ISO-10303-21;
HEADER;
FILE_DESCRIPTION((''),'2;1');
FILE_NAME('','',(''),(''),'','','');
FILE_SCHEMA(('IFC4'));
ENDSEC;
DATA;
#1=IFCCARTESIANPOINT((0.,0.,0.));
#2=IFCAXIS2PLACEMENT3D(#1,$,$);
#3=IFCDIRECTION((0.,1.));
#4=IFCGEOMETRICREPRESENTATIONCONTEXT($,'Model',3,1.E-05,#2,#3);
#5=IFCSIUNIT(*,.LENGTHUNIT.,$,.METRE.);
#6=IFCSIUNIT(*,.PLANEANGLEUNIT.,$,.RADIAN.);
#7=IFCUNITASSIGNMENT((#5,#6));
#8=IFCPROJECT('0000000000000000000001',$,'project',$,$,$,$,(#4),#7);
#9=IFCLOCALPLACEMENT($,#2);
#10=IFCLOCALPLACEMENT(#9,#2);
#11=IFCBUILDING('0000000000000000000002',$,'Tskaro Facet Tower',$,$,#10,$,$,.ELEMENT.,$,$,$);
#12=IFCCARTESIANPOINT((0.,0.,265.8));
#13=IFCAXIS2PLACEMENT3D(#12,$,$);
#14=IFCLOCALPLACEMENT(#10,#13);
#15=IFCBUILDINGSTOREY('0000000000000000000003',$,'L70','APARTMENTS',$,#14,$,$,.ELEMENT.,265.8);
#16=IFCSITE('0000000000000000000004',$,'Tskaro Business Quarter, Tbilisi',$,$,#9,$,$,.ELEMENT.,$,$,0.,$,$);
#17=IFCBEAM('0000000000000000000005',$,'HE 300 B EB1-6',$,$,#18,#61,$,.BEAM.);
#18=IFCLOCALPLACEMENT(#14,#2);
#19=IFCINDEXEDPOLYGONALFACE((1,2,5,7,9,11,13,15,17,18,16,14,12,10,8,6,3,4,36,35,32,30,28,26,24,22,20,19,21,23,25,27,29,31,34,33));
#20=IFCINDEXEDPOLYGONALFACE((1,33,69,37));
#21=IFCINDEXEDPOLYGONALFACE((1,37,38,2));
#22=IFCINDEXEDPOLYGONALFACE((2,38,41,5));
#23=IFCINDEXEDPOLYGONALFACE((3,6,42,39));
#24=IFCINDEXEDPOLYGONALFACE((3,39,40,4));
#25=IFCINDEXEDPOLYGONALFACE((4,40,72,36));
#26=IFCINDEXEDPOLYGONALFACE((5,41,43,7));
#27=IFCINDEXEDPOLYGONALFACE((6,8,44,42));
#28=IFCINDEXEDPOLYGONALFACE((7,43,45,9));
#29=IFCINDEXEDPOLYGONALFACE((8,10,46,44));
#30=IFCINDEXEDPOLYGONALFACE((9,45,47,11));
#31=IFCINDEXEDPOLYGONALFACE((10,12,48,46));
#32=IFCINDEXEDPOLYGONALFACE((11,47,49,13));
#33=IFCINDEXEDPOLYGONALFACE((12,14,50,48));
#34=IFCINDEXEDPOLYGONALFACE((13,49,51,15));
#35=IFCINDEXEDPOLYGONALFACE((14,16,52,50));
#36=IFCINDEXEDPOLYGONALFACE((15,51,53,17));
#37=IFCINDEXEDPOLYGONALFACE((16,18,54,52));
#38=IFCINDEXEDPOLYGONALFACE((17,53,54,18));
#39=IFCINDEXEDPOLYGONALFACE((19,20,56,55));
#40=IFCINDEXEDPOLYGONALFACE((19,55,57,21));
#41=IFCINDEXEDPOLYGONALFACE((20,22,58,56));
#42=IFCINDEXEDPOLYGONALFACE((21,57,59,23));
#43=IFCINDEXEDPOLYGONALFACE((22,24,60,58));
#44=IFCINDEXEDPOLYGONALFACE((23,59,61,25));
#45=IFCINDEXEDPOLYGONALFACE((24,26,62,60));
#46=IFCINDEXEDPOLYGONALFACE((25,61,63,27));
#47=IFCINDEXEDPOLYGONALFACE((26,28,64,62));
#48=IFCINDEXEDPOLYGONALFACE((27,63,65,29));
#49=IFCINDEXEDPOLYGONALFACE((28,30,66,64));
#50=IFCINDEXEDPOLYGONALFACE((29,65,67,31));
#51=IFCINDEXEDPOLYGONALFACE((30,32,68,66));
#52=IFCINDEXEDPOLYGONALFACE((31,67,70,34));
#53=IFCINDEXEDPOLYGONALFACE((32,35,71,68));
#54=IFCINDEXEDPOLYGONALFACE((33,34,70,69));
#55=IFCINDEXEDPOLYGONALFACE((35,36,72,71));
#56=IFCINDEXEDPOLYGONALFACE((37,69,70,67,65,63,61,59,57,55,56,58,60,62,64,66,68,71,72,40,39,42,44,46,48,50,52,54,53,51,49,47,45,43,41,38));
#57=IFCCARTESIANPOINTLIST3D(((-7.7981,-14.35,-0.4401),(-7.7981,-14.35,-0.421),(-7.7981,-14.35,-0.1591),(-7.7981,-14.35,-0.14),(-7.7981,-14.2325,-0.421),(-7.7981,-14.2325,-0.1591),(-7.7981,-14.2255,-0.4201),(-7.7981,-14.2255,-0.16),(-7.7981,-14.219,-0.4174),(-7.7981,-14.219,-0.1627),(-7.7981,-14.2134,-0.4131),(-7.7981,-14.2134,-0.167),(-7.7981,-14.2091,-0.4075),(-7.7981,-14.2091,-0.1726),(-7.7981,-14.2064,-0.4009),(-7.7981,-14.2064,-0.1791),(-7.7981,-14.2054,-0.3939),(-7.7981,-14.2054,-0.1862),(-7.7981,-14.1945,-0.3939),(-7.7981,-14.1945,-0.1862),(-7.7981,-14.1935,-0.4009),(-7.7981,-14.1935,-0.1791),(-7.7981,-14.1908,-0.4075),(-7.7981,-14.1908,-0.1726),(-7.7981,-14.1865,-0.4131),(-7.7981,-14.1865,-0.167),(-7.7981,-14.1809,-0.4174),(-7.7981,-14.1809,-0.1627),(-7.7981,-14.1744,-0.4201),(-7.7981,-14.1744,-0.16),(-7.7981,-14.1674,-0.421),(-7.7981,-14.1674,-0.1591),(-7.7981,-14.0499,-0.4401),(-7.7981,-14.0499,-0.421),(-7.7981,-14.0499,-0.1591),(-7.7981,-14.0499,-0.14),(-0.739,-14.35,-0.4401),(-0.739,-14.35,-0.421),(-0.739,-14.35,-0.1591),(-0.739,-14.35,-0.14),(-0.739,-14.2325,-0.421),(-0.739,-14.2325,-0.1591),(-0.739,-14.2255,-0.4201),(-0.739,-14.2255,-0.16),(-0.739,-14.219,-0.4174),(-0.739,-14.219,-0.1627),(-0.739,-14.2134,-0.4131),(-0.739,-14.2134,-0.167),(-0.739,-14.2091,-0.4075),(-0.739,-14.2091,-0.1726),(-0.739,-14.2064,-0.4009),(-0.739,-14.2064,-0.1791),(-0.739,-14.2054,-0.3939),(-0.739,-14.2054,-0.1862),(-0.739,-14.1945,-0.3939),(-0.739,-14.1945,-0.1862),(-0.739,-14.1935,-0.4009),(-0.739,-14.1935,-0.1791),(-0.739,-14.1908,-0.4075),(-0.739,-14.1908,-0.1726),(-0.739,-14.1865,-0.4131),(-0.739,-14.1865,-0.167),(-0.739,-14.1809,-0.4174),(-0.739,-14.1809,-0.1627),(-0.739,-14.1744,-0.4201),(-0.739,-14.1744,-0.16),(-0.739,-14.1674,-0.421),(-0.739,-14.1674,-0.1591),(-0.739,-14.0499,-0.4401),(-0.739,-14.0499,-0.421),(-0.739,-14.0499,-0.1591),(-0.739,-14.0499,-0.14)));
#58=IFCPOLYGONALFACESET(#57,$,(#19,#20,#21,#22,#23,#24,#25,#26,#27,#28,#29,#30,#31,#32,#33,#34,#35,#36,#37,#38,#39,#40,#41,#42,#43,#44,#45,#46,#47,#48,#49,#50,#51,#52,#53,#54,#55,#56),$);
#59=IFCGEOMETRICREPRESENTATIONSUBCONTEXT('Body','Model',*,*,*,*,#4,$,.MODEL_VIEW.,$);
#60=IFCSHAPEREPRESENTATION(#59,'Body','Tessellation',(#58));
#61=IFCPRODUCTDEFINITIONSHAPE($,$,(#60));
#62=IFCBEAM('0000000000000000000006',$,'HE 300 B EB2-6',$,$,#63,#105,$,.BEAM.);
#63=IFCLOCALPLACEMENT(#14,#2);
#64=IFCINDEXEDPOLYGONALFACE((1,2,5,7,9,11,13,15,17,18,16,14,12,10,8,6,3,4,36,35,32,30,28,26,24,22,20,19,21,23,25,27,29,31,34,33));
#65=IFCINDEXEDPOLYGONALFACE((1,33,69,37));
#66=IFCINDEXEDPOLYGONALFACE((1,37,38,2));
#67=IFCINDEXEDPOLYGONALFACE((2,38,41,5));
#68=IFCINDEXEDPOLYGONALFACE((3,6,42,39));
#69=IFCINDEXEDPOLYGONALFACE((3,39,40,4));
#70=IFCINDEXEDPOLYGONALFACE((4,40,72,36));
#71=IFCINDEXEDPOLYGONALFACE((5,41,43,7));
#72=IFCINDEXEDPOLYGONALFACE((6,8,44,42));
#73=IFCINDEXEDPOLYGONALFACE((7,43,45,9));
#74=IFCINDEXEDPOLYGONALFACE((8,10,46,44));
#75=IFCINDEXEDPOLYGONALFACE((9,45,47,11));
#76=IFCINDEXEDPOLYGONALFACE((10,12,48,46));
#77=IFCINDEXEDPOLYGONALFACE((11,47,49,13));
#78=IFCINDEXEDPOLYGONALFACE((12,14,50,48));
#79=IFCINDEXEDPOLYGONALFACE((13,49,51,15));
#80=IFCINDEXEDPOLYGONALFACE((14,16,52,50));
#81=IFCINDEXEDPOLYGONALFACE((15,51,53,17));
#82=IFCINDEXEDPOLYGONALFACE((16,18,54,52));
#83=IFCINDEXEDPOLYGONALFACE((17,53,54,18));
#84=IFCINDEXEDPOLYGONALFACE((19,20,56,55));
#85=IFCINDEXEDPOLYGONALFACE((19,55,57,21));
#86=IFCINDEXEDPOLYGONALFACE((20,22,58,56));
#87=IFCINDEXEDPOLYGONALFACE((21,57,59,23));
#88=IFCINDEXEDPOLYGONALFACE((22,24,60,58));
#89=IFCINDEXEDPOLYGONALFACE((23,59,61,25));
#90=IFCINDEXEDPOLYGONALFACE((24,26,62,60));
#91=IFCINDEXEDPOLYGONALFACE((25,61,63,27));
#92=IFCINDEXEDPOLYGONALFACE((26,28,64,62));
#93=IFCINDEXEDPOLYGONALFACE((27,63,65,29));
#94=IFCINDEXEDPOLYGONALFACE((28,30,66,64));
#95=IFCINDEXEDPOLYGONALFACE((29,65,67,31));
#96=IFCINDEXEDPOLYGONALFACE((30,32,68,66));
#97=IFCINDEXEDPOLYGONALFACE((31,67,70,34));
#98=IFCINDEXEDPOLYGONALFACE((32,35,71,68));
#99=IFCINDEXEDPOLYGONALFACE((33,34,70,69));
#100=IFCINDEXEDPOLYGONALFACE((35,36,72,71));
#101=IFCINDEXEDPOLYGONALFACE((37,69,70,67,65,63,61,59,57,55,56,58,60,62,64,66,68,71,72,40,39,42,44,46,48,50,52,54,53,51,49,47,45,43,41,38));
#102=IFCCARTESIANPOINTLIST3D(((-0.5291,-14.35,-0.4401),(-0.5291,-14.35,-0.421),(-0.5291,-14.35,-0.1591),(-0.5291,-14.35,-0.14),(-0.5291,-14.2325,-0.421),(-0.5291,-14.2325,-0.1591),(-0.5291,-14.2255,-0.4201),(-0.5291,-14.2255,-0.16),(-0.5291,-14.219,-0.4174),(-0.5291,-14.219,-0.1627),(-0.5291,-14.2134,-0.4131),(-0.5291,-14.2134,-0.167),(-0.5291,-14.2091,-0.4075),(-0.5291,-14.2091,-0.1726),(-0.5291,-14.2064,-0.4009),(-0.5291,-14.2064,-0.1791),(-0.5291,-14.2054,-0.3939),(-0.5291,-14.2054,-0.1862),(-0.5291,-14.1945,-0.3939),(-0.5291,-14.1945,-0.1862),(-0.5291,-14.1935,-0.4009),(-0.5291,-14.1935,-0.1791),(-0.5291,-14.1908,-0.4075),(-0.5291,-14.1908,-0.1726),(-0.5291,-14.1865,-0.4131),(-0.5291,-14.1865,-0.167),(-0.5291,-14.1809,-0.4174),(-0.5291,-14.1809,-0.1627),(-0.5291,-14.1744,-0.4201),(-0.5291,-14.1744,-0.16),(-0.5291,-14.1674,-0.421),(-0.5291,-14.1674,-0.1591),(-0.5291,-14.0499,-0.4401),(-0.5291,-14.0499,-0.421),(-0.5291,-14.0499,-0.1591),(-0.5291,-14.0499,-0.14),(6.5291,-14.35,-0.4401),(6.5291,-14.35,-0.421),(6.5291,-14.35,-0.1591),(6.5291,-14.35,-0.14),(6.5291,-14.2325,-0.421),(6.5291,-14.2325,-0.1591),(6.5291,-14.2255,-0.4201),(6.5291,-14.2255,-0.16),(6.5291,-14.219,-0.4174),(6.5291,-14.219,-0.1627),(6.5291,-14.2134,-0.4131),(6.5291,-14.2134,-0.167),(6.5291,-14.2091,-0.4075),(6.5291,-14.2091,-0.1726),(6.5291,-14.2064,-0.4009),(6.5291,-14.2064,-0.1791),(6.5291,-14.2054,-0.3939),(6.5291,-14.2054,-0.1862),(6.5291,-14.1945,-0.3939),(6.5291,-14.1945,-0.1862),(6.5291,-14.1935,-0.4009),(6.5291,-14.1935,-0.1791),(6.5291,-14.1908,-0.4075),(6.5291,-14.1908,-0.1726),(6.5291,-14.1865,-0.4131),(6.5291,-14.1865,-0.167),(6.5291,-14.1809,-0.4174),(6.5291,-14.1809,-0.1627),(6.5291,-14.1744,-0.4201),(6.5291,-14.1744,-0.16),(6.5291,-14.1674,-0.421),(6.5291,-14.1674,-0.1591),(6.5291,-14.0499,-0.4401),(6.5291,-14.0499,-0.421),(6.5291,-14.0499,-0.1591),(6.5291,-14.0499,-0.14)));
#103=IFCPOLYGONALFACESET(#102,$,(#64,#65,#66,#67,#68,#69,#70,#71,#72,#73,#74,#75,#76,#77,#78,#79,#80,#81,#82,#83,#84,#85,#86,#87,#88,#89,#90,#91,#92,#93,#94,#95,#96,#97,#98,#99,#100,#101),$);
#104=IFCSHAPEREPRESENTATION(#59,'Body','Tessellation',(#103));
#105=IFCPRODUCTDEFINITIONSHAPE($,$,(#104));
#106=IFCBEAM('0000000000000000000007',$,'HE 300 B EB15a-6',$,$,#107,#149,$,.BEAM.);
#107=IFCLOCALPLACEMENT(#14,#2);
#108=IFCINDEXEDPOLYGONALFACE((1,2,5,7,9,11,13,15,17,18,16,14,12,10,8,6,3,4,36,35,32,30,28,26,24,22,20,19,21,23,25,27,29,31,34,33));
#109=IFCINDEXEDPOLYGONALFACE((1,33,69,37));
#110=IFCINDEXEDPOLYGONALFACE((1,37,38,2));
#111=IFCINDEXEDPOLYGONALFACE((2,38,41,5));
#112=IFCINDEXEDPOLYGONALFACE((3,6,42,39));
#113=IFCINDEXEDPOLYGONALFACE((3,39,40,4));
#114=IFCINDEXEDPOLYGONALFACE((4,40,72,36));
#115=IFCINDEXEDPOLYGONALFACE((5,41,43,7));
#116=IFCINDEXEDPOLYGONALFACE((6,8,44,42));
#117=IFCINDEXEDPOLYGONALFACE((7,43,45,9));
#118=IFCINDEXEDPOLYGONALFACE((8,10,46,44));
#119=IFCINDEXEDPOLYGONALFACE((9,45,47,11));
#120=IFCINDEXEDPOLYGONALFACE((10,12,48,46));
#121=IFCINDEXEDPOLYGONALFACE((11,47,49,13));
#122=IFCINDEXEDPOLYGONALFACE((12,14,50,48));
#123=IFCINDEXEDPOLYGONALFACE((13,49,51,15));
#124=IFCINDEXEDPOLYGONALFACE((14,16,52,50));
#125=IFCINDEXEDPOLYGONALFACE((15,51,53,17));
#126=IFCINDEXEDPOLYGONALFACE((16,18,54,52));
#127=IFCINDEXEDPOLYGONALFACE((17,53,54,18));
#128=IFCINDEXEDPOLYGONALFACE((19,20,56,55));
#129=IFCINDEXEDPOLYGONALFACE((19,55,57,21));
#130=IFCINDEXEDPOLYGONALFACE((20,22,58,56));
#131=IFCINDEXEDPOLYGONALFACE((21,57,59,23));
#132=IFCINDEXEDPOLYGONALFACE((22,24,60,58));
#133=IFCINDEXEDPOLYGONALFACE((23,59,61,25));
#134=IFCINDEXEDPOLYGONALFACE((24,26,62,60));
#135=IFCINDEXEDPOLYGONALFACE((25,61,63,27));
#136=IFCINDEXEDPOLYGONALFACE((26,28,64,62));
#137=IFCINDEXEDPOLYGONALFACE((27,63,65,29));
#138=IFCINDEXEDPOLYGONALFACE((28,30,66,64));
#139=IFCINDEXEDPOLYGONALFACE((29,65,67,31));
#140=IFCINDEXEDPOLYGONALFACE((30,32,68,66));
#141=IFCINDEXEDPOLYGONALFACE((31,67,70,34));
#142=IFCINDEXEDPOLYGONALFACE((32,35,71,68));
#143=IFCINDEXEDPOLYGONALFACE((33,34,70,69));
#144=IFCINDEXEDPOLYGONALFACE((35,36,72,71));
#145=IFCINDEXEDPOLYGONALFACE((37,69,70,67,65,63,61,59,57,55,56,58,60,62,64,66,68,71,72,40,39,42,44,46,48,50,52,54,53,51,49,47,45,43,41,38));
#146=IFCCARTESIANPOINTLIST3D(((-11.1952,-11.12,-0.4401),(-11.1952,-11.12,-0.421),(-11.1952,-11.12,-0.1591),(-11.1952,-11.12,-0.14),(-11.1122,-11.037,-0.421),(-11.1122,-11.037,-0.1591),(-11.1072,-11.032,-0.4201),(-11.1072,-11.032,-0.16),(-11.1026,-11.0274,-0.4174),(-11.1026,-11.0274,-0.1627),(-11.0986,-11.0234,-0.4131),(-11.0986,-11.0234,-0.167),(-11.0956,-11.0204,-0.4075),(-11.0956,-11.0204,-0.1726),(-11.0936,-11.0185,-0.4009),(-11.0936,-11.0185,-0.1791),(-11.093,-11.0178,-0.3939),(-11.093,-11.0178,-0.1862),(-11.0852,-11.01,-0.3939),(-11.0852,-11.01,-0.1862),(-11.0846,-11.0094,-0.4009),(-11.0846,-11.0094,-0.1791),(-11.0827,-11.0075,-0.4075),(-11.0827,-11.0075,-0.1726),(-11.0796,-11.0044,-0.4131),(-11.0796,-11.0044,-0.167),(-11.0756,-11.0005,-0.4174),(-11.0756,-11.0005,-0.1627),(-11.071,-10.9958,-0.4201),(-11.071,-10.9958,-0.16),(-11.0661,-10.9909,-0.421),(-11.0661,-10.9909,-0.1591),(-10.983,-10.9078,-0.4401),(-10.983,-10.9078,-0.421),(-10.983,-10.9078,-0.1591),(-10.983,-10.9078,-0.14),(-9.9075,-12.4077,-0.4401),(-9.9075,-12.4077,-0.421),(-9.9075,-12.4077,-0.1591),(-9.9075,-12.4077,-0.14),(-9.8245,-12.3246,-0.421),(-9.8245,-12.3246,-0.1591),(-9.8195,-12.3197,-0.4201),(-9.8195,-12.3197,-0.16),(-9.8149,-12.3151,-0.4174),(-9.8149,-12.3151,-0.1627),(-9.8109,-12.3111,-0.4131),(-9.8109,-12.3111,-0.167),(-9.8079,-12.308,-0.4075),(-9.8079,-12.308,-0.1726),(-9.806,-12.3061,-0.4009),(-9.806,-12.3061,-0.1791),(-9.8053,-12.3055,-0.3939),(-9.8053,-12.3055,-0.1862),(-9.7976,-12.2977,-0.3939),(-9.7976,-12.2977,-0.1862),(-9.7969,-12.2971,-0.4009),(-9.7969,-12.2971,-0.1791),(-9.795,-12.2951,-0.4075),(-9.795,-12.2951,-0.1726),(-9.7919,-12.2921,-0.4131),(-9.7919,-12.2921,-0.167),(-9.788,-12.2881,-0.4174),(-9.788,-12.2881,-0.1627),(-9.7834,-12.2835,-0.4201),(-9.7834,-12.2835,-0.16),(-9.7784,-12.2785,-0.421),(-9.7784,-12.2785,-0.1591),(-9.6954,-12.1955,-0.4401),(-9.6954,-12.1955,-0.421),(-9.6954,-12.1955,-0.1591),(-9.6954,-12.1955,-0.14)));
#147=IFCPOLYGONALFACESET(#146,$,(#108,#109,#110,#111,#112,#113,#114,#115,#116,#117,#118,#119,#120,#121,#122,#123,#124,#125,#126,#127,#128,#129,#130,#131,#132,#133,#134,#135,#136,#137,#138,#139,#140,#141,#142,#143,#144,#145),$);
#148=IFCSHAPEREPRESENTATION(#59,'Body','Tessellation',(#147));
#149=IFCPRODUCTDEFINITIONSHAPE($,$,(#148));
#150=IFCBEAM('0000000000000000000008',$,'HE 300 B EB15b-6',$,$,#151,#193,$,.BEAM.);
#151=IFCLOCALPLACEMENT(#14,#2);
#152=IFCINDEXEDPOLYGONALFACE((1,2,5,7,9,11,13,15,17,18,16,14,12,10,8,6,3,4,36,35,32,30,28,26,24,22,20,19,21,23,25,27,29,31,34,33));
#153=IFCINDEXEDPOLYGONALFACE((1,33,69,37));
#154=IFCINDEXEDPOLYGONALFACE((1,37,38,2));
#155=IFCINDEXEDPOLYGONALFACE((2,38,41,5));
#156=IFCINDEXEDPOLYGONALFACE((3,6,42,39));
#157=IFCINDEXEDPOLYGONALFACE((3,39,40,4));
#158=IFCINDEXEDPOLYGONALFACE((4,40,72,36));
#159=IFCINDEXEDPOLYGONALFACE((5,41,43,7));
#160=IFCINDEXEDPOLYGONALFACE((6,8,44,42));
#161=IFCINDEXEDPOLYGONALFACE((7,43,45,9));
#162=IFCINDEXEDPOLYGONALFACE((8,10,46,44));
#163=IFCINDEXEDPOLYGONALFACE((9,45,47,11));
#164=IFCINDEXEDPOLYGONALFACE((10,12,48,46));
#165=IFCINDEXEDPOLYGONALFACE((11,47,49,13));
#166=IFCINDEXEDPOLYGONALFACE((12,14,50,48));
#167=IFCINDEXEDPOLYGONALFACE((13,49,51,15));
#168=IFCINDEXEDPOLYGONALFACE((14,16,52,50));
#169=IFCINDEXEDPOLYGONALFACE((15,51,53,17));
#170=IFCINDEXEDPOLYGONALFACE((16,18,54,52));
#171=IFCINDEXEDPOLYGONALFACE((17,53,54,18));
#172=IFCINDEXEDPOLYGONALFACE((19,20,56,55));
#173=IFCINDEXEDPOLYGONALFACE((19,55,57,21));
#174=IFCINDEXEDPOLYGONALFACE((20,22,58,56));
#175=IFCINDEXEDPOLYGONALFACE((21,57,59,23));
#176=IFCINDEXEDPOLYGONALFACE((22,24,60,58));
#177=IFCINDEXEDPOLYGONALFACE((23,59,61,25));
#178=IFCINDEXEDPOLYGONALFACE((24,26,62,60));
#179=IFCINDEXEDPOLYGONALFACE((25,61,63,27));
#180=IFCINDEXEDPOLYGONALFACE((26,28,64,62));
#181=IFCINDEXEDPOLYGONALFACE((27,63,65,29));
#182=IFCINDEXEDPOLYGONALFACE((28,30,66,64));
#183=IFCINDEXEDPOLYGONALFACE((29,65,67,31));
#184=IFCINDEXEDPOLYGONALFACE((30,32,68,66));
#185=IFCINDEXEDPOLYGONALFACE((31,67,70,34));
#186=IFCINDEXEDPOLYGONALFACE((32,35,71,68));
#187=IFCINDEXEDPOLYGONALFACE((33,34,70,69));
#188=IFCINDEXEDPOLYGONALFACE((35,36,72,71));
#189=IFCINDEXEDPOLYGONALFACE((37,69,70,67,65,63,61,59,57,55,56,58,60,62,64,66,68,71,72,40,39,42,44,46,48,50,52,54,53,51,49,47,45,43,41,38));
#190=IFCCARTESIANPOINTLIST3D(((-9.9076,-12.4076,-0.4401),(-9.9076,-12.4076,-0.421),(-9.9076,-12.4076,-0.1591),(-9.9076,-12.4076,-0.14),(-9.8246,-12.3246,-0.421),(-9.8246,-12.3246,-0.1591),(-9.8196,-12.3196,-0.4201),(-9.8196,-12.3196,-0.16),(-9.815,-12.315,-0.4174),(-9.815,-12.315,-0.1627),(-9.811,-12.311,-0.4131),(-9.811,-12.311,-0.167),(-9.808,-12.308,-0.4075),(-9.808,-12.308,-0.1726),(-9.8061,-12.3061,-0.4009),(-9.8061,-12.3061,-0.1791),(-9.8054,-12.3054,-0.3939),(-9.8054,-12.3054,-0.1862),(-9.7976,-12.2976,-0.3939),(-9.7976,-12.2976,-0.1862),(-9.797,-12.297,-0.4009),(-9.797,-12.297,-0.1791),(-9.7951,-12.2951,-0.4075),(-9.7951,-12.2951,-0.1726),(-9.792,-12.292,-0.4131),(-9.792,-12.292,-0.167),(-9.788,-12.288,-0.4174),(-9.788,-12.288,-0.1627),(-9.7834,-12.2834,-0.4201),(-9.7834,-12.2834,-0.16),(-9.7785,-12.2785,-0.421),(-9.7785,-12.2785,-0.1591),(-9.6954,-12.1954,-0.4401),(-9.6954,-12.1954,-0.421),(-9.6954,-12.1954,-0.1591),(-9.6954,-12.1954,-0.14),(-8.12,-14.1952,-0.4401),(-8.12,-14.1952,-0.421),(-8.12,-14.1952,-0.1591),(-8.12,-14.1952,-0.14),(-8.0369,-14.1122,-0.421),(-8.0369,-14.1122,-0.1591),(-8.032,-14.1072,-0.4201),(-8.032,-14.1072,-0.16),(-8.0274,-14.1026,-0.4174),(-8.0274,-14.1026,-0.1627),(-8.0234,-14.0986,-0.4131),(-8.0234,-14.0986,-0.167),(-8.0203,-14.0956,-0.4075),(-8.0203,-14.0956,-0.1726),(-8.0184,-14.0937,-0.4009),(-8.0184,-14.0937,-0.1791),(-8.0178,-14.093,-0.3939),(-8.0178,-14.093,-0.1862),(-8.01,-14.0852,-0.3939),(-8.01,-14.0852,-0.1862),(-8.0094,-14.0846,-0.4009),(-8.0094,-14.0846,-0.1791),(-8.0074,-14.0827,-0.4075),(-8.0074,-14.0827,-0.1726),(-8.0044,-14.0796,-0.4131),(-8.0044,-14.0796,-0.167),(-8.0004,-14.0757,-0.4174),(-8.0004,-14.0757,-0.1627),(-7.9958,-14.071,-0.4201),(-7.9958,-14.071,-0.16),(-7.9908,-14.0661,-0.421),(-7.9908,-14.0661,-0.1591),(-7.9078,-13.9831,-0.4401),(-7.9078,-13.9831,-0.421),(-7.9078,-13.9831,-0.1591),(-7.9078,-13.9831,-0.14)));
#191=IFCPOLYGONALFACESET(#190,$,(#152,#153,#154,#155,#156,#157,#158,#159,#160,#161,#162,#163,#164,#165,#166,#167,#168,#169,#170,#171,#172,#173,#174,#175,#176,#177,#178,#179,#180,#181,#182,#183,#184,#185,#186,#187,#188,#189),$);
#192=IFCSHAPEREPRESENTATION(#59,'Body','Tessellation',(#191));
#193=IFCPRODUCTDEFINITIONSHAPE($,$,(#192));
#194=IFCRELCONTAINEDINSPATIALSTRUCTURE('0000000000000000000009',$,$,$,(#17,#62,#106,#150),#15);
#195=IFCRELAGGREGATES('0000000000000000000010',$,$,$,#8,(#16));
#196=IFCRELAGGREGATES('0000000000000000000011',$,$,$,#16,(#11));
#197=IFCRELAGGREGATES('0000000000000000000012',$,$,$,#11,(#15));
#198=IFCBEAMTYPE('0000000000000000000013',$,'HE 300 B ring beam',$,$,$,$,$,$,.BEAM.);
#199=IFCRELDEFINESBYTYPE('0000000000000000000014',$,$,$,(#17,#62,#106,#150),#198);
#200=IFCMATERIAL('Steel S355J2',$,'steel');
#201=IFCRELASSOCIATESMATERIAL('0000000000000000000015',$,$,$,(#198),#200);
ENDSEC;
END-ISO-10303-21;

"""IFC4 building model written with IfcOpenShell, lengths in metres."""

from ifc_helpers import new_model, si_unit, direction, frame, origin, origin_2d, place, context, subcontext, project, spatial, i_section, extrude, material, material_profile, profile_set, type_object, element, save


model = new_model("IFC4")

# Units and contexts
model_context = context("Model", 3, precision=1e-05, world=origin(), true_north=direction((0.0, 1.0)))
body_context = subcontext(model_context, "Body", "Model", "MODEL_VIEW")
ifc_project = project(units=[si_unit("LENGTHUNIT", "METRE"), si_unit("PLANEANGLEUNIT", "RADIAN")], contexts=[model_context])

# Site, building, storey
site_placement = place(None, origin())
site = spatial("IfcSite", under=ifc_project, at=site_placement, Name="Tskaro Business Quarter, Tbilisi", CompositionType="ELEMENT", RefElevation=0.0)
building_placement = place(site_placement, origin())
building = spatial("IfcBuilding", under=site, at=building_placement, Name="Tskaro Facet Tower", CompositionType="ELEMENT")
storey_placement = place(building_placement, frame((0.0, 0.0, 265.8)))
storey = spatial("IfcBuildingStorey", under=building, at=storey_placement, Name="L70", Description="APARTMENTS", CompositionType="ELEMENT", Elevation=265.8)

# Shared definitions
ifc_material_1 = material(Name="Steel S355J2", Category="steel")

# Beams
ifc_material_profile_1 = material_profile(ifc_material_1, i_section(OverallWidth=0.3, OverallDepth=0.3, WebThickness=0.011, FlangeThickness=0.019, FilletRadius=0.0271, at=origin_2d()), Name="HE 300 B")
ifc_profile_set_1 = profile_set([ifc_material_profile_1], Name="Steel S355J2")
beam_type_1 = type_object("IfcBeamType", Name="HE 300 B ring beam", PredefinedType="BEAM", material=ifc_profile_set_1)
beam_1_placement = place(storey_placement, frame((-7.7981, -14.2, -0.29), z_axis=(1.0, 0.0, 0.0), x_axis=(0.0, 1.0, 0.0)))
element("IfcBeam", 1, at=beam_1_placement, inside=storey, type_object=beam_type_1, Name="HE 300 B EB1-6", PredefinedType="BEAM", context=body_context, shape_type="SweptSolid", body=[
    extrude(i_section(OverallWidth=0.3, OverallDepth=0.3, WebThickness=0.011, FlangeThickness=0.019, FilletRadius=0.0271, at=origin_2d()), origin(), (0.0, 0.0, 1.0), 7.0591),
])
beam_2_placement = place(storey_placement, frame((-0.5291, -14.2, -0.29), z_axis=(1.0, 0.0, 0.0), x_axis=(0.0, 1.0, 0.0)))
element("IfcBeam", 2, at=beam_2_placement, inside=storey, type_object=beam_type_1, Name="HE 300 B EB2-6", PredefinedType="BEAM", context=body_context, shape_type="SweptSolid", body=[
    extrude(i_section(OverallWidth=0.3, OverallDepth=0.3, WebThickness=0.011, FlangeThickness=0.019, FilletRadius=0.0271, at=origin_2d()), origin(), (0.0, 0.0, 1.0), 7.0581),
])
beam_3_placement = place(storey_placement, frame((-11.0891, -11.0139, -0.29), z_axis=(0.707107, -0.707107, 0.0), x_axis=(0.707107, 0.707107, 0.0)))
element("IfcBeam", 3, at=beam_3_placement, inside=storey, type_object=beam_type_1, Name="HE 300 B EB15a-6", PredefinedType="BEAM", context=body_context, shape_type="SweptSolid", body=[
    extrude(i_section(OverallWidth=0.3, OverallDepth=0.3, WebThickness=0.011, FlangeThickness=0.019, FilletRadius=0.0271, at=origin_2d()), origin(), (0.0, 0.0, 1.0), 1.821),
])
beam_4_placement = place(storey_placement, frame((-9.8015, -12.3015, -0.29), z_axis=(0.707107, -0.707107, 0.0), x_axis=(0.707107, 0.707107, 0.0)))
element("IfcBeam", 4, at=beam_4_placement, inside=storey, type_object=beam_type_1, Name="HE 300 B EB15b-6", PredefinedType="BEAM", context=body_context, shape_type="SweptSolid", body=[
    extrude(i_section(OverallWidth=0.3, OverallDepth=0.3, WebThickness=0.011, FlangeThickness=0.019, FilletRadius=0.0271, at=origin_2d()), origin(), (0.0, 0.0, 1.0), 2.5281),
])

save(model, "model.ifc")
